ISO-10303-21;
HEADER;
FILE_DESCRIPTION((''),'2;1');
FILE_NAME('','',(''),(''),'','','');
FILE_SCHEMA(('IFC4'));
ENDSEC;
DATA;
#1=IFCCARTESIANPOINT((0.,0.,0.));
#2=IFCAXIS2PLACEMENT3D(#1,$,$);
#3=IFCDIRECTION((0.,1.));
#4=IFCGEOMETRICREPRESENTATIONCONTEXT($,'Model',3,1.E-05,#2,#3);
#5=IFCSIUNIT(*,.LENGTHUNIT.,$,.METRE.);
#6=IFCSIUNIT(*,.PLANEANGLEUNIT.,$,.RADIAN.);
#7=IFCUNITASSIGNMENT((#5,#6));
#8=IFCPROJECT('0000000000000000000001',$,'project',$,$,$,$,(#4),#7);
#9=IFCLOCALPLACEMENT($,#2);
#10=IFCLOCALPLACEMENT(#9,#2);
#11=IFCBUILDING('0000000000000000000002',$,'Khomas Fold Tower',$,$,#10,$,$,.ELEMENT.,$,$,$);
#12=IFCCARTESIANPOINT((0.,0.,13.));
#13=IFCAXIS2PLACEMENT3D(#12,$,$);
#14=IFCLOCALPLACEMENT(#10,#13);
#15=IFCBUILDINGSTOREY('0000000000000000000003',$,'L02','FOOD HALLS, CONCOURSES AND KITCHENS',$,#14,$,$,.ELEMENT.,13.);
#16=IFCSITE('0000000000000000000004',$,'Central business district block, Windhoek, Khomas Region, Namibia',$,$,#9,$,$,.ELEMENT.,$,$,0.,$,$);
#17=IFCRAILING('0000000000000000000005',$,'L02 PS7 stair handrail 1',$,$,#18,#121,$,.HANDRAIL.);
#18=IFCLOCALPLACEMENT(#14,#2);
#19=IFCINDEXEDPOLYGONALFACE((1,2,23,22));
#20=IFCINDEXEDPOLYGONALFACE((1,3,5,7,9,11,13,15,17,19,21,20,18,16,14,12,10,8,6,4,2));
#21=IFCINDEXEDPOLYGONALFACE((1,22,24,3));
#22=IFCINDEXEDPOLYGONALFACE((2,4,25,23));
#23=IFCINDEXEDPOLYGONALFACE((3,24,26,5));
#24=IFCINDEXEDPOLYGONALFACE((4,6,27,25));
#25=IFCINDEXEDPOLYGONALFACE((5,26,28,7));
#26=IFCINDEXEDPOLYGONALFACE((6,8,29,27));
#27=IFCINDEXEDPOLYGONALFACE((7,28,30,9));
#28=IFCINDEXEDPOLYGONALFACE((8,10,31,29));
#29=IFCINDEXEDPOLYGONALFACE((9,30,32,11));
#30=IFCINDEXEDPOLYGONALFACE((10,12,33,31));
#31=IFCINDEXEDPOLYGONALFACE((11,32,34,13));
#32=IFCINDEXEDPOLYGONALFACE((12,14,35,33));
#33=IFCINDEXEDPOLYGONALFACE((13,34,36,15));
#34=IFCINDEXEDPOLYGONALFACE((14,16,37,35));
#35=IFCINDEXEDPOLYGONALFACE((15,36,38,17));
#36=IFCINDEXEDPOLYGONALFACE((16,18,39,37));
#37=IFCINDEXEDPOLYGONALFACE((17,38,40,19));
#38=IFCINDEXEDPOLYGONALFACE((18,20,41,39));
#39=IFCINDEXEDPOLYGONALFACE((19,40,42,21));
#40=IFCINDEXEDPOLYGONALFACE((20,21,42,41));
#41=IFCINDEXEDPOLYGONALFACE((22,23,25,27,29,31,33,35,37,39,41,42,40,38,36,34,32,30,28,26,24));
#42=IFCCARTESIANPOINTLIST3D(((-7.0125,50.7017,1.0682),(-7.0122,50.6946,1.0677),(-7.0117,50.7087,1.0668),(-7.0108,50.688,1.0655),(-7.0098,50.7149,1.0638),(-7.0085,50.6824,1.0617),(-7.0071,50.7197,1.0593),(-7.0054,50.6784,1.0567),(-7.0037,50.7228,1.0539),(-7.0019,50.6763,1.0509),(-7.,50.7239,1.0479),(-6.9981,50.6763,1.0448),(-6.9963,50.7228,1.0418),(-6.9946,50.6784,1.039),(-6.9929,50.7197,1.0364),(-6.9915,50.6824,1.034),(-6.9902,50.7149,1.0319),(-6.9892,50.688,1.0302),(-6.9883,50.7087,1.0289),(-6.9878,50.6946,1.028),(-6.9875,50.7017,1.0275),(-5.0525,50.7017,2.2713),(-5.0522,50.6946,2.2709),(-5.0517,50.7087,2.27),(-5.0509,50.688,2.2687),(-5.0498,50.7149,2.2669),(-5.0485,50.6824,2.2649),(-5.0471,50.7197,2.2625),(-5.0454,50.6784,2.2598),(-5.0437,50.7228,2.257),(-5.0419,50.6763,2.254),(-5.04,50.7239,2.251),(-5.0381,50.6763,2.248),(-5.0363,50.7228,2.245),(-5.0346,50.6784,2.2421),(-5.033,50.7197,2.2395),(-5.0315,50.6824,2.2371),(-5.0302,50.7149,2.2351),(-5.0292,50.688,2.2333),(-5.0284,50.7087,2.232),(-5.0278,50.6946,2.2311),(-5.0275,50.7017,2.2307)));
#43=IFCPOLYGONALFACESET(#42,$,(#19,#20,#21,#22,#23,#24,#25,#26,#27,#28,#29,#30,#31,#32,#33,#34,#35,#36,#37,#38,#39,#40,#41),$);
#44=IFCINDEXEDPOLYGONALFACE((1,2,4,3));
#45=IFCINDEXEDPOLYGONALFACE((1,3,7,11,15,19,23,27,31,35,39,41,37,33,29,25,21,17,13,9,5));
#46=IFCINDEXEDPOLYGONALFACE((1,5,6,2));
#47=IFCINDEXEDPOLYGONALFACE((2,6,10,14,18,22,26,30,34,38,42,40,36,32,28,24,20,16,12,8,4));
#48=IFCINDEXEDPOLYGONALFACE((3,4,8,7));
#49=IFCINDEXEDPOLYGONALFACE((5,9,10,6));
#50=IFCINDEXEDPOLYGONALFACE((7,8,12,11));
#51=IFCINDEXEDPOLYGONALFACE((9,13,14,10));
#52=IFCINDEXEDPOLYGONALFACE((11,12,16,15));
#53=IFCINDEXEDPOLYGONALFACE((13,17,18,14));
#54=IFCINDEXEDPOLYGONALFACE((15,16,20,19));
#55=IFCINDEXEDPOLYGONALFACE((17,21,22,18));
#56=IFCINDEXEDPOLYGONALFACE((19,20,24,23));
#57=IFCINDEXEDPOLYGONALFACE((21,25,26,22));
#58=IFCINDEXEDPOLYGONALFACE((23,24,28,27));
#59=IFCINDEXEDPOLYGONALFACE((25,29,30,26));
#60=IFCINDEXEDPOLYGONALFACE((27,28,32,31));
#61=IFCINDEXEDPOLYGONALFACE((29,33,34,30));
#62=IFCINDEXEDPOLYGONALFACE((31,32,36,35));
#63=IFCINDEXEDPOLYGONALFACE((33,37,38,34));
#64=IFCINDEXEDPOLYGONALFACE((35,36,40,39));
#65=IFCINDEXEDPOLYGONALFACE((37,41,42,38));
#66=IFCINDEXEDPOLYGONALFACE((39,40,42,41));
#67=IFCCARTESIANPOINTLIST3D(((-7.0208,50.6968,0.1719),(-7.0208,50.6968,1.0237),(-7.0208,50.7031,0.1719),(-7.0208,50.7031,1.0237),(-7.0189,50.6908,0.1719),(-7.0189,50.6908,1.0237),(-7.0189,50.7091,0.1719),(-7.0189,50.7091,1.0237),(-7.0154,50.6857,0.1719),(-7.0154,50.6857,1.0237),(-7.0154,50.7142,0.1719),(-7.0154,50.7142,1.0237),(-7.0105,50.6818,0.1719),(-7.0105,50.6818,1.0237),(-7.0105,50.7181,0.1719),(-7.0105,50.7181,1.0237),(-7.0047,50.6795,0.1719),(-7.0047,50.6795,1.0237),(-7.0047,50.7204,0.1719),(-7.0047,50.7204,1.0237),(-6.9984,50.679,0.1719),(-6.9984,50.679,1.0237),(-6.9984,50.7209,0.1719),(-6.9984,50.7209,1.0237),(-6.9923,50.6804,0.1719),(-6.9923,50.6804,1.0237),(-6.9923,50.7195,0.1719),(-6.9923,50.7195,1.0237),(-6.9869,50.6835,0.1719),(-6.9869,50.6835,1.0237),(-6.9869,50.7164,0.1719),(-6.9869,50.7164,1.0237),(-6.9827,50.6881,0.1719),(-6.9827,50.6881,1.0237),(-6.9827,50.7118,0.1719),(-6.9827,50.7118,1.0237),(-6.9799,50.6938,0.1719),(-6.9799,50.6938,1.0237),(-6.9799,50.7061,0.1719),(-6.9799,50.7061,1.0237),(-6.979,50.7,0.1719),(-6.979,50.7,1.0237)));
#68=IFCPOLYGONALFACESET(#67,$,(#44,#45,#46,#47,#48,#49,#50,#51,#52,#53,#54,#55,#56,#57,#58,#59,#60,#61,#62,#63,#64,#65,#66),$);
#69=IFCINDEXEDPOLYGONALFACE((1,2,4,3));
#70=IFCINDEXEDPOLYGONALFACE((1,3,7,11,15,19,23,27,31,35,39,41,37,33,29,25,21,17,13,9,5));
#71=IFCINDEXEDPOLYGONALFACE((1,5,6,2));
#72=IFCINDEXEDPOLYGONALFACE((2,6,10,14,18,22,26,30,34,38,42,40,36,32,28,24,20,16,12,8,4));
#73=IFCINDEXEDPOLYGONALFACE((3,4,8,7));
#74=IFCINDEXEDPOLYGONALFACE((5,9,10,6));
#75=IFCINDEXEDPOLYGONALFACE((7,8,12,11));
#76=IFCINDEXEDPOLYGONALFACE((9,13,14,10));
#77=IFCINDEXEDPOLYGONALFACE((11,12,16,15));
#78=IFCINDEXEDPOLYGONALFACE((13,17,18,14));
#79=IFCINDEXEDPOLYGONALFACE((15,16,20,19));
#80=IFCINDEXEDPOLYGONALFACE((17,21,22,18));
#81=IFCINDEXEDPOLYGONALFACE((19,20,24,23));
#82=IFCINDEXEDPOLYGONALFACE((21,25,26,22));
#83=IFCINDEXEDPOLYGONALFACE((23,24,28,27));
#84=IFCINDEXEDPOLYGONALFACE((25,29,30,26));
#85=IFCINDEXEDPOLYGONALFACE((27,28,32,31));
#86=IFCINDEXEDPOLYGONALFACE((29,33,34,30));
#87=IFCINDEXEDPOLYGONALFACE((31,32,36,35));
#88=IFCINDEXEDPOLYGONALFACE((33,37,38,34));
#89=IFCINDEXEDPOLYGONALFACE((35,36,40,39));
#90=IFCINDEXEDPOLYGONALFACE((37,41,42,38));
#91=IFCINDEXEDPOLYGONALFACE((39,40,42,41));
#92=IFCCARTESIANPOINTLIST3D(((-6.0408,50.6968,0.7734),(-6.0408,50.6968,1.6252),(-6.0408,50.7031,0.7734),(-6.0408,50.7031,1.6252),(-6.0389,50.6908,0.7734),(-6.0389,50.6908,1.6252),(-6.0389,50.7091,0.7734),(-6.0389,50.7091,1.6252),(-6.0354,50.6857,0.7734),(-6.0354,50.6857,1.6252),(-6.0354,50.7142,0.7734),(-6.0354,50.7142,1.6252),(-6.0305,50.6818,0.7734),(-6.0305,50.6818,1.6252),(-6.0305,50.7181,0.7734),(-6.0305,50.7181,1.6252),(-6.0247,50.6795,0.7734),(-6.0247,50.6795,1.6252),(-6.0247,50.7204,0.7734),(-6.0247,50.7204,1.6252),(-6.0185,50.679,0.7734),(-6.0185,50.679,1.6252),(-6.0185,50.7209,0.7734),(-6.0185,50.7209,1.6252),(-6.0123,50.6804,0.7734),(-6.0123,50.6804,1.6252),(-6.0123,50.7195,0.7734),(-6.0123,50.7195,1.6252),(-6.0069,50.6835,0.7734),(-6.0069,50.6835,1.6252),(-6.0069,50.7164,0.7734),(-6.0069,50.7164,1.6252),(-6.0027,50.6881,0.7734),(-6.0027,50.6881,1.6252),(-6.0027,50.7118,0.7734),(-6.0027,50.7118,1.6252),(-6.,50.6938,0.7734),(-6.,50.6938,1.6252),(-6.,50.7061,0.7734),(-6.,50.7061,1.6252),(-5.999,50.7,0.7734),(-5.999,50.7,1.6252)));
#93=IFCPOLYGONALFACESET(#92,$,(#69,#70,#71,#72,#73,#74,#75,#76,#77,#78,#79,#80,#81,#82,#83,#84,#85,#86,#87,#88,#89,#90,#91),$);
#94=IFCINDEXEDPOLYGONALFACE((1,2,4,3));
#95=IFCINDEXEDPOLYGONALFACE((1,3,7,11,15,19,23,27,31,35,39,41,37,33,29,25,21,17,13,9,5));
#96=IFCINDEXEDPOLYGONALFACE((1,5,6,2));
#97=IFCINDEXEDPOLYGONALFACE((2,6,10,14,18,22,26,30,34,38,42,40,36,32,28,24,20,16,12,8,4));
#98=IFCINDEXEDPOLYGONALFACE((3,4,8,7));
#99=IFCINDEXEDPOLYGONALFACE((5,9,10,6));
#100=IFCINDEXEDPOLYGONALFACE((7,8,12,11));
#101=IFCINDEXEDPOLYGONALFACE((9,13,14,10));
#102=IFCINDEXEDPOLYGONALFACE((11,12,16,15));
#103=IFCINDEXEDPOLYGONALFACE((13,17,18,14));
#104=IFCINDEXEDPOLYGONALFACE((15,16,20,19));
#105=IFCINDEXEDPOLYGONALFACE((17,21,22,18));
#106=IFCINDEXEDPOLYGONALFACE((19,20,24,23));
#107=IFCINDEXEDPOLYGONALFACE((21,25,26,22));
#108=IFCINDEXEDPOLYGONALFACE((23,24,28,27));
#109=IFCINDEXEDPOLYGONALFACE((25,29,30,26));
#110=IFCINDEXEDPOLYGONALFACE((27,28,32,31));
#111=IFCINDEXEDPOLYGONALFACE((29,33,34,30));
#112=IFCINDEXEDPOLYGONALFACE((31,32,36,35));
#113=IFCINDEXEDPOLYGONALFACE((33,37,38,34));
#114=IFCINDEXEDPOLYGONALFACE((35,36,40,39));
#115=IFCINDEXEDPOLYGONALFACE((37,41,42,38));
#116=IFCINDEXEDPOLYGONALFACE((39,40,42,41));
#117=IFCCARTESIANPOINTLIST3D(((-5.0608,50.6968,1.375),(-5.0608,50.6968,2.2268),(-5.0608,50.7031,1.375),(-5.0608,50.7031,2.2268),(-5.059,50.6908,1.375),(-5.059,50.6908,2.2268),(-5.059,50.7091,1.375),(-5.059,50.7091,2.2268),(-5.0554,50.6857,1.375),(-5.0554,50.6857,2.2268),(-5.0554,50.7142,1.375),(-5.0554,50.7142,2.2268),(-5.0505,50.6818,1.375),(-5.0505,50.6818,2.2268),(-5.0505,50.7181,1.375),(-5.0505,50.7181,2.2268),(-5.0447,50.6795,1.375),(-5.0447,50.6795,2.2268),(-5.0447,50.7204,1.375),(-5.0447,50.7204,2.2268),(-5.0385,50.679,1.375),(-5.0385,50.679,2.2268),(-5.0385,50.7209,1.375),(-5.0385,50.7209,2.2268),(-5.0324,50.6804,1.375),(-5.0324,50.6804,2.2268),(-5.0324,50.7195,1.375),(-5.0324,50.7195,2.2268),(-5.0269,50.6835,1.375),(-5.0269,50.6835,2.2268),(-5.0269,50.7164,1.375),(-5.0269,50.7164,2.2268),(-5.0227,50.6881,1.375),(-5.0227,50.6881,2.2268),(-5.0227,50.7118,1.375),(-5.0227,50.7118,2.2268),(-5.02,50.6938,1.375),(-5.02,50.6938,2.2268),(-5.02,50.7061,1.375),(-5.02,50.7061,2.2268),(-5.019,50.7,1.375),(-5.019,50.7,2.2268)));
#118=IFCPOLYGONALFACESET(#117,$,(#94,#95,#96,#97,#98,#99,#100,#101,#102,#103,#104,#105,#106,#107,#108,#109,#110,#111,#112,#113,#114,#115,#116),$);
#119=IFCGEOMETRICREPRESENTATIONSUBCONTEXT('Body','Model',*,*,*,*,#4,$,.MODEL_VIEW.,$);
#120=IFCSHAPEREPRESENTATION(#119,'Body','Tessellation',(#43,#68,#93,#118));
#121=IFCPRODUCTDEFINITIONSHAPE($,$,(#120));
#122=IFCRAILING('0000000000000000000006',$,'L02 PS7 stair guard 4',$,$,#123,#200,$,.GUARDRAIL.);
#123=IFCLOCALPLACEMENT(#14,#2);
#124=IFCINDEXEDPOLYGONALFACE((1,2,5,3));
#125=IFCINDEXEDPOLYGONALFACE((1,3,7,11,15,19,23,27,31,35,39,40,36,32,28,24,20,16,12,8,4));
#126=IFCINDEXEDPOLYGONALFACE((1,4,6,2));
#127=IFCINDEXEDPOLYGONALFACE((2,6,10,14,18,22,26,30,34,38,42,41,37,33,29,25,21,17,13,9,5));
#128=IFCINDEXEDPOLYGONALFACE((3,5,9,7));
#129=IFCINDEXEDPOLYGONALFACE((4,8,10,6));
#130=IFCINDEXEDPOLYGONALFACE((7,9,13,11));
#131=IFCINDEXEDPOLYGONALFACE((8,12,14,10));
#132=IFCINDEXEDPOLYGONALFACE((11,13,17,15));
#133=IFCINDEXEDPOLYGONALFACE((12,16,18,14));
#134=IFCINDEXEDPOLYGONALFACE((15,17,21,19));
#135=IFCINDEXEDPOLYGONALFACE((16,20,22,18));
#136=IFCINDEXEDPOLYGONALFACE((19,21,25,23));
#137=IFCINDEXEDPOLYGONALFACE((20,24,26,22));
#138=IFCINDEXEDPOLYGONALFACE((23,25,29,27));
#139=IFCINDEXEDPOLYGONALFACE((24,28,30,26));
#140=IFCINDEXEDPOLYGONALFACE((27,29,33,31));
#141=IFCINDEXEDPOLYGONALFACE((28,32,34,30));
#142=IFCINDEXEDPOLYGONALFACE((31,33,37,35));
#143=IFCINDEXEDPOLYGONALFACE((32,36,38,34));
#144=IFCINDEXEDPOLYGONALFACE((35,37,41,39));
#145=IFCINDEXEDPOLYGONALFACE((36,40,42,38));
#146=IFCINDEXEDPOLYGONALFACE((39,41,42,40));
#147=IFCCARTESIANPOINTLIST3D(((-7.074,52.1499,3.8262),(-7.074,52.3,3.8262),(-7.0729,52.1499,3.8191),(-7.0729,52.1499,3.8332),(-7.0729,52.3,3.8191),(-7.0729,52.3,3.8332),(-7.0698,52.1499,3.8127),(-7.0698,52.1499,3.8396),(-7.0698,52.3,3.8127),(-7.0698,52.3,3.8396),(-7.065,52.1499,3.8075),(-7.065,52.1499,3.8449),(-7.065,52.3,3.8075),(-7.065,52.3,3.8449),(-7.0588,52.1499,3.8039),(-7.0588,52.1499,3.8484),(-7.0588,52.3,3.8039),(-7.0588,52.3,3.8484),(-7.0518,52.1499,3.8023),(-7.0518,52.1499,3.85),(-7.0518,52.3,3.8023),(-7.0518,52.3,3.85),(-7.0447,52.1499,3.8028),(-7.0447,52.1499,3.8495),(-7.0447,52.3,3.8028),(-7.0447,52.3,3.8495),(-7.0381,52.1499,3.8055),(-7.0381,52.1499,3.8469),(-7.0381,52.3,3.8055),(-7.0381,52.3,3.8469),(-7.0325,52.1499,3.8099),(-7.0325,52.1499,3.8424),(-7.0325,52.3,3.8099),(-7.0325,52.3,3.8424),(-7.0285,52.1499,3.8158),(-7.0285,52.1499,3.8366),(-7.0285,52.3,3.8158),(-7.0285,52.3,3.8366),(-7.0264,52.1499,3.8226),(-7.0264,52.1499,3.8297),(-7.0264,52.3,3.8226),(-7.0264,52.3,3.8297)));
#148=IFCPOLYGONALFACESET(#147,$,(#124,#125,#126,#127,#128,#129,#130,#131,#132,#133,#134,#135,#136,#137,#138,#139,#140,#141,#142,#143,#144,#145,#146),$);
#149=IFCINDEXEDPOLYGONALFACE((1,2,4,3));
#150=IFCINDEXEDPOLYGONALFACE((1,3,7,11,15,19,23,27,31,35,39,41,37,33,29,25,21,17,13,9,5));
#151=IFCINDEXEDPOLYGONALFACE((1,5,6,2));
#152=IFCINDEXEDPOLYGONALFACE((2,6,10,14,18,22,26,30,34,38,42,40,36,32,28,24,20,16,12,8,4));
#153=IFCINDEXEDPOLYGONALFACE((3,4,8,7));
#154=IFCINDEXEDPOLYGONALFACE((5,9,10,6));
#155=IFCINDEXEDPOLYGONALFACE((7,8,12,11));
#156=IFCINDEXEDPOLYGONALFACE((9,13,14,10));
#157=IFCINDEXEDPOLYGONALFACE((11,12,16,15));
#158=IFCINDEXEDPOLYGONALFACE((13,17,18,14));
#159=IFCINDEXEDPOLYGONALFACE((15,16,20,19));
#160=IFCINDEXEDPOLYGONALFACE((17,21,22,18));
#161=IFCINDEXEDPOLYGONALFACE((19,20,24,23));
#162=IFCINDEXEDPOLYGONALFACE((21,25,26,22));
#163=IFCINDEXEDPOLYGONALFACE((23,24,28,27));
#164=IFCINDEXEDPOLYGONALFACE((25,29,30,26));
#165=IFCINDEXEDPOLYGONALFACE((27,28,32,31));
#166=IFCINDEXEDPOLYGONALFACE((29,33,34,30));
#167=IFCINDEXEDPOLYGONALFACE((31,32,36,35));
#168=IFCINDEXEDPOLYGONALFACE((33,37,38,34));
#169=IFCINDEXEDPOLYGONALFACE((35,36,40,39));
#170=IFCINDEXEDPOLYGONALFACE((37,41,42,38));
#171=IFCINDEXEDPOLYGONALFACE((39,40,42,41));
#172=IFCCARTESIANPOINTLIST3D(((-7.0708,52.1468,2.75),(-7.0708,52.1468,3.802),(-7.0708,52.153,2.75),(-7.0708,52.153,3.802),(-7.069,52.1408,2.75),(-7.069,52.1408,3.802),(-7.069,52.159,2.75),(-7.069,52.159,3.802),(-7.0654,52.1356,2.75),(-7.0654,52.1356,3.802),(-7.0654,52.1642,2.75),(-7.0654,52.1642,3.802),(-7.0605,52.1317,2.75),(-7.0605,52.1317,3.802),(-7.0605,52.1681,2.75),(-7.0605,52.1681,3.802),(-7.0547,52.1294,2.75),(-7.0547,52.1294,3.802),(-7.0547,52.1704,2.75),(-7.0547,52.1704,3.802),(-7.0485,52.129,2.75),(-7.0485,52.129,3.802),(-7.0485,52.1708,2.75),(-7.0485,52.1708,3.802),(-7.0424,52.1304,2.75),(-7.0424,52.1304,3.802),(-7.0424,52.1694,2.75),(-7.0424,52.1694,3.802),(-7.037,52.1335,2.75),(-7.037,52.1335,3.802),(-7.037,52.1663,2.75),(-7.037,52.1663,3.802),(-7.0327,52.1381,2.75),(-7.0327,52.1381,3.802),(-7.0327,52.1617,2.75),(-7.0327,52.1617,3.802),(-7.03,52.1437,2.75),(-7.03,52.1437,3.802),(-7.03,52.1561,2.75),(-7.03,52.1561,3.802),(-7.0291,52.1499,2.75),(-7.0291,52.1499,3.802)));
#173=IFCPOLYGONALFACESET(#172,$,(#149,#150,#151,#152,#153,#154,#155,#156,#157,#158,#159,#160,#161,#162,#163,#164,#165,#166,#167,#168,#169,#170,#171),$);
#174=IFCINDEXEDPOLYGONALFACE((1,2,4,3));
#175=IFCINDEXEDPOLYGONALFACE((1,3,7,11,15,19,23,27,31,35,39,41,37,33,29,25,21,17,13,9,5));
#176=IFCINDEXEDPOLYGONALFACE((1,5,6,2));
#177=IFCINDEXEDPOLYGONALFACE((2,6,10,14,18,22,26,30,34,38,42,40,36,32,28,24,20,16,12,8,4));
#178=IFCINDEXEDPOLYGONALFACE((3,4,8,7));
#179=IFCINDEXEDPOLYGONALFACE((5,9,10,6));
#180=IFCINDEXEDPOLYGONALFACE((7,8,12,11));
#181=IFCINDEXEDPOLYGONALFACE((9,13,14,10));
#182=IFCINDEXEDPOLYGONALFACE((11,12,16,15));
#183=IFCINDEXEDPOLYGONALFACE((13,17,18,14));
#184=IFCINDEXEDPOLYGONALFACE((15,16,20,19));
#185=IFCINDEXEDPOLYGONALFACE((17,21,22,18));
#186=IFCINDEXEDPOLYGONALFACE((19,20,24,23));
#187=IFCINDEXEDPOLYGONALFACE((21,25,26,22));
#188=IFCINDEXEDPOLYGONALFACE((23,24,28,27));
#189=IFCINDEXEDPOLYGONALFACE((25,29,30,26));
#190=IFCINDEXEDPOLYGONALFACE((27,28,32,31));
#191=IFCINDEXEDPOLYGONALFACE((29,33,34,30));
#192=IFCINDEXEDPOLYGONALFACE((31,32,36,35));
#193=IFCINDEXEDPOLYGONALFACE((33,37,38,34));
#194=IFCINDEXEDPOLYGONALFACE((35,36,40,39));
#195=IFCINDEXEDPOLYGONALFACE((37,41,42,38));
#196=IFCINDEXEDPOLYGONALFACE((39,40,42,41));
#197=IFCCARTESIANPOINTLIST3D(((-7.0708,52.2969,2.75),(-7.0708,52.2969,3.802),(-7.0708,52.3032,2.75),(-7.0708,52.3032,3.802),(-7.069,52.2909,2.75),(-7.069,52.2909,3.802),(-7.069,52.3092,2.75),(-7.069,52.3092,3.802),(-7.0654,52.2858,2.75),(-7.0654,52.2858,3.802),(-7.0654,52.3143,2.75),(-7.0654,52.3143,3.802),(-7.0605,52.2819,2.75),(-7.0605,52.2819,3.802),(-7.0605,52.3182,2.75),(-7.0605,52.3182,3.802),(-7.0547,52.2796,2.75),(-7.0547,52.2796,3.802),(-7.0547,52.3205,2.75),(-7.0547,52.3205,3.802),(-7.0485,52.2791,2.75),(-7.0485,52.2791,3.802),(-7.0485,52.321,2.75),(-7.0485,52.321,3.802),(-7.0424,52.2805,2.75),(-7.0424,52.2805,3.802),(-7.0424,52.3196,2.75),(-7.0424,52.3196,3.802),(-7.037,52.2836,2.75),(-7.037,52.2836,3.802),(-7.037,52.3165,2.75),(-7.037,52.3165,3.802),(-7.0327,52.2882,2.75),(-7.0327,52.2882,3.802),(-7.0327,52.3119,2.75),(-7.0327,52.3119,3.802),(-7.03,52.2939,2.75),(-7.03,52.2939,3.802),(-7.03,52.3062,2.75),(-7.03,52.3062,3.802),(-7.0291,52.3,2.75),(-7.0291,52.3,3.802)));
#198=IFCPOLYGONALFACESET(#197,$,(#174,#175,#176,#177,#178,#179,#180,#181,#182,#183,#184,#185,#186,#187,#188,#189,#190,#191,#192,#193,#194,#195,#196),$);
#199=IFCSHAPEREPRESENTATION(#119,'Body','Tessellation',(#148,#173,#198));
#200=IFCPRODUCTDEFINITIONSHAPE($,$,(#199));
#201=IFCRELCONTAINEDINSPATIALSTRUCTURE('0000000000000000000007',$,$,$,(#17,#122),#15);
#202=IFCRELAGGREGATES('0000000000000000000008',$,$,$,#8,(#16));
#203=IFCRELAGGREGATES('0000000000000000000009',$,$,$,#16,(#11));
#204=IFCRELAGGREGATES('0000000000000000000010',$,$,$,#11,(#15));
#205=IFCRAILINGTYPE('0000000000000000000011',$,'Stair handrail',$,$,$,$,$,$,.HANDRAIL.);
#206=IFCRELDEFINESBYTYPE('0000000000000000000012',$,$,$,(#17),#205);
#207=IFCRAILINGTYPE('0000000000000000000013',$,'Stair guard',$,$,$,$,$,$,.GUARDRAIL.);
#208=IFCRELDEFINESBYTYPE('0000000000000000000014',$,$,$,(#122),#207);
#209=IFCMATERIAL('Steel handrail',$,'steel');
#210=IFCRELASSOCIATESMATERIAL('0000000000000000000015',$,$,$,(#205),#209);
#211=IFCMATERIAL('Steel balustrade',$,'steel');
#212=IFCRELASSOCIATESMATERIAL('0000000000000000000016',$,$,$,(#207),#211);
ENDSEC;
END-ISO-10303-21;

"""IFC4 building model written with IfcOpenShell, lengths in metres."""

from ifc_helpers import new_model, si_unit, direction, frame, origin, origin_2d, place, context, subcontext, project, spatial, circle, extrude, source, transform, mapped, material, type_object, element, save


model = new_model("IFC4")

# Units and contexts
model_context = context("Model", 3, precision=1e-05, world=origin(), true_north=direction((0.0, 1.0)))
body_context = subcontext(model_context, "Body", "Model", "MODEL_VIEW")
ifc_project = project(units=[si_unit("LENGTHUNIT", "METRE"), si_unit("PLANEANGLEUNIT", "RADIAN")], contexts=[model_context])

# Site, building, storey
site_placement = place(None, origin())
site = spatial("IfcSite", under=ifc_project, at=site_placement, Name="Central business district block, Windhoek, Khomas Region, Namibia", CompositionType="ELEMENT", RefElevation=0.0)
building_placement = place(site_placement, origin())
building = spatial("IfcBuilding", under=site, at=building_placement, Name="Khomas Fold Tower", CompositionType="ELEMENT")
storey_placement = place(building_placement, frame((0.0, 0.0, 13.0)))
storey = spatial("IfcBuildingStorey", under=building, at=storey_placement, Name="L02", Description="FOOD HALLS, CONCOURSES AND KITCHENS", CompositionType="ELEMENT", Elevation=13.0)

# Railings
ifc_material_1 = material(Name="Steel handrail", Category="steel")
railing_type_1 = type_object("IfcRailingType", Name="Stair handrail", PredefinedType="HANDRAIL", material=ifc_material_1)
shared_shape_1 = source(origin(), body_context, "Body", "SweptSolid", [
    extrude(circle(Radius=0.0239, at=origin_2d()), frame((0.0, 0.0, 0.876), z_axis=(0.852241, 0.0, 0.523149), x_axis=(0.0, 1.0, 0.0)), (0.0, 0.0, 1.0), 2.2998),
    extrude(circle(Radius=0.021, at=origin_2d()), origin(), (0.0, 0.0, 1.0), 0.8518),
    extrude(circle(Radius=0.021, at=origin_2d()), frame((0.98, 0.0, 0.6016)), (0.0, 0.0, 1.0), 0.8518),
    extrude(circle(Radius=0.021, at=origin_2d()), frame((1.96, 0.0, 1.2031)), (0.0, 0.0, 1.0), 0.8518),
])
railing_placement = place(storey_placement, frame((-7.0, 50.7, 0.1719)))
element("IfcRailing", 1, at=railing_placement, inside=storey, type_object=railing_type_1, Name="L02 PS7 stair handrail 1", PredefinedType="HANDRAIL", context=body_context, shape_type="MappedRepresentation", body=[
    mapped(shared_shape_1, transform((0.0, 0.0, 0.0))),
])
ifc_material_2 = material(Name="Steel balustrade", Category="steel")
railing_type_2 = type_object("IfcRailingType", Name="Stair guard", PredefinedType="GUARDRAIL", material=ifc_material_2)
shared_shape_2 = source(origin(), body_context, "Body", "SweptSolid", [
    extrude(circle(Radius=0.0239, at=origin_2d()), frame((0.0, 0.0, 1.0762), z_axis=(0.0, 1.0, 0.0), x_axis=(-1.0, 0.0, 0.0)), (0.0, 0.0, 1.0), 0.1501),
    extrude(circle(Radius=0.021, at=origin_2d()), origin(), (0.0, 0.0, 1.0), 1.052),
    extrude(circle(Radius=0.021, at=origin_2d()), frame((0.0, 0.1501, 0.0)), (0.0, 0.0, 1.0), 1.052),
])
for number, where, name in (
    (2, (-7.05, 52.1499, 2.75), "L02 PS7 stair guard 4"),
):
    element("IfcRailing", number, at=place(storey_placement, frame(where)), inside=storey, type_object=railing_type_2, Name=name, PredefinedType="GUARDRAIL", context=body_context, shape_type="MappedRepresentation", body=[
        mapped(shared_shape_2, transform((0.0, 0.0, 0.0))),
    ])

save(model, "model.ifc")
